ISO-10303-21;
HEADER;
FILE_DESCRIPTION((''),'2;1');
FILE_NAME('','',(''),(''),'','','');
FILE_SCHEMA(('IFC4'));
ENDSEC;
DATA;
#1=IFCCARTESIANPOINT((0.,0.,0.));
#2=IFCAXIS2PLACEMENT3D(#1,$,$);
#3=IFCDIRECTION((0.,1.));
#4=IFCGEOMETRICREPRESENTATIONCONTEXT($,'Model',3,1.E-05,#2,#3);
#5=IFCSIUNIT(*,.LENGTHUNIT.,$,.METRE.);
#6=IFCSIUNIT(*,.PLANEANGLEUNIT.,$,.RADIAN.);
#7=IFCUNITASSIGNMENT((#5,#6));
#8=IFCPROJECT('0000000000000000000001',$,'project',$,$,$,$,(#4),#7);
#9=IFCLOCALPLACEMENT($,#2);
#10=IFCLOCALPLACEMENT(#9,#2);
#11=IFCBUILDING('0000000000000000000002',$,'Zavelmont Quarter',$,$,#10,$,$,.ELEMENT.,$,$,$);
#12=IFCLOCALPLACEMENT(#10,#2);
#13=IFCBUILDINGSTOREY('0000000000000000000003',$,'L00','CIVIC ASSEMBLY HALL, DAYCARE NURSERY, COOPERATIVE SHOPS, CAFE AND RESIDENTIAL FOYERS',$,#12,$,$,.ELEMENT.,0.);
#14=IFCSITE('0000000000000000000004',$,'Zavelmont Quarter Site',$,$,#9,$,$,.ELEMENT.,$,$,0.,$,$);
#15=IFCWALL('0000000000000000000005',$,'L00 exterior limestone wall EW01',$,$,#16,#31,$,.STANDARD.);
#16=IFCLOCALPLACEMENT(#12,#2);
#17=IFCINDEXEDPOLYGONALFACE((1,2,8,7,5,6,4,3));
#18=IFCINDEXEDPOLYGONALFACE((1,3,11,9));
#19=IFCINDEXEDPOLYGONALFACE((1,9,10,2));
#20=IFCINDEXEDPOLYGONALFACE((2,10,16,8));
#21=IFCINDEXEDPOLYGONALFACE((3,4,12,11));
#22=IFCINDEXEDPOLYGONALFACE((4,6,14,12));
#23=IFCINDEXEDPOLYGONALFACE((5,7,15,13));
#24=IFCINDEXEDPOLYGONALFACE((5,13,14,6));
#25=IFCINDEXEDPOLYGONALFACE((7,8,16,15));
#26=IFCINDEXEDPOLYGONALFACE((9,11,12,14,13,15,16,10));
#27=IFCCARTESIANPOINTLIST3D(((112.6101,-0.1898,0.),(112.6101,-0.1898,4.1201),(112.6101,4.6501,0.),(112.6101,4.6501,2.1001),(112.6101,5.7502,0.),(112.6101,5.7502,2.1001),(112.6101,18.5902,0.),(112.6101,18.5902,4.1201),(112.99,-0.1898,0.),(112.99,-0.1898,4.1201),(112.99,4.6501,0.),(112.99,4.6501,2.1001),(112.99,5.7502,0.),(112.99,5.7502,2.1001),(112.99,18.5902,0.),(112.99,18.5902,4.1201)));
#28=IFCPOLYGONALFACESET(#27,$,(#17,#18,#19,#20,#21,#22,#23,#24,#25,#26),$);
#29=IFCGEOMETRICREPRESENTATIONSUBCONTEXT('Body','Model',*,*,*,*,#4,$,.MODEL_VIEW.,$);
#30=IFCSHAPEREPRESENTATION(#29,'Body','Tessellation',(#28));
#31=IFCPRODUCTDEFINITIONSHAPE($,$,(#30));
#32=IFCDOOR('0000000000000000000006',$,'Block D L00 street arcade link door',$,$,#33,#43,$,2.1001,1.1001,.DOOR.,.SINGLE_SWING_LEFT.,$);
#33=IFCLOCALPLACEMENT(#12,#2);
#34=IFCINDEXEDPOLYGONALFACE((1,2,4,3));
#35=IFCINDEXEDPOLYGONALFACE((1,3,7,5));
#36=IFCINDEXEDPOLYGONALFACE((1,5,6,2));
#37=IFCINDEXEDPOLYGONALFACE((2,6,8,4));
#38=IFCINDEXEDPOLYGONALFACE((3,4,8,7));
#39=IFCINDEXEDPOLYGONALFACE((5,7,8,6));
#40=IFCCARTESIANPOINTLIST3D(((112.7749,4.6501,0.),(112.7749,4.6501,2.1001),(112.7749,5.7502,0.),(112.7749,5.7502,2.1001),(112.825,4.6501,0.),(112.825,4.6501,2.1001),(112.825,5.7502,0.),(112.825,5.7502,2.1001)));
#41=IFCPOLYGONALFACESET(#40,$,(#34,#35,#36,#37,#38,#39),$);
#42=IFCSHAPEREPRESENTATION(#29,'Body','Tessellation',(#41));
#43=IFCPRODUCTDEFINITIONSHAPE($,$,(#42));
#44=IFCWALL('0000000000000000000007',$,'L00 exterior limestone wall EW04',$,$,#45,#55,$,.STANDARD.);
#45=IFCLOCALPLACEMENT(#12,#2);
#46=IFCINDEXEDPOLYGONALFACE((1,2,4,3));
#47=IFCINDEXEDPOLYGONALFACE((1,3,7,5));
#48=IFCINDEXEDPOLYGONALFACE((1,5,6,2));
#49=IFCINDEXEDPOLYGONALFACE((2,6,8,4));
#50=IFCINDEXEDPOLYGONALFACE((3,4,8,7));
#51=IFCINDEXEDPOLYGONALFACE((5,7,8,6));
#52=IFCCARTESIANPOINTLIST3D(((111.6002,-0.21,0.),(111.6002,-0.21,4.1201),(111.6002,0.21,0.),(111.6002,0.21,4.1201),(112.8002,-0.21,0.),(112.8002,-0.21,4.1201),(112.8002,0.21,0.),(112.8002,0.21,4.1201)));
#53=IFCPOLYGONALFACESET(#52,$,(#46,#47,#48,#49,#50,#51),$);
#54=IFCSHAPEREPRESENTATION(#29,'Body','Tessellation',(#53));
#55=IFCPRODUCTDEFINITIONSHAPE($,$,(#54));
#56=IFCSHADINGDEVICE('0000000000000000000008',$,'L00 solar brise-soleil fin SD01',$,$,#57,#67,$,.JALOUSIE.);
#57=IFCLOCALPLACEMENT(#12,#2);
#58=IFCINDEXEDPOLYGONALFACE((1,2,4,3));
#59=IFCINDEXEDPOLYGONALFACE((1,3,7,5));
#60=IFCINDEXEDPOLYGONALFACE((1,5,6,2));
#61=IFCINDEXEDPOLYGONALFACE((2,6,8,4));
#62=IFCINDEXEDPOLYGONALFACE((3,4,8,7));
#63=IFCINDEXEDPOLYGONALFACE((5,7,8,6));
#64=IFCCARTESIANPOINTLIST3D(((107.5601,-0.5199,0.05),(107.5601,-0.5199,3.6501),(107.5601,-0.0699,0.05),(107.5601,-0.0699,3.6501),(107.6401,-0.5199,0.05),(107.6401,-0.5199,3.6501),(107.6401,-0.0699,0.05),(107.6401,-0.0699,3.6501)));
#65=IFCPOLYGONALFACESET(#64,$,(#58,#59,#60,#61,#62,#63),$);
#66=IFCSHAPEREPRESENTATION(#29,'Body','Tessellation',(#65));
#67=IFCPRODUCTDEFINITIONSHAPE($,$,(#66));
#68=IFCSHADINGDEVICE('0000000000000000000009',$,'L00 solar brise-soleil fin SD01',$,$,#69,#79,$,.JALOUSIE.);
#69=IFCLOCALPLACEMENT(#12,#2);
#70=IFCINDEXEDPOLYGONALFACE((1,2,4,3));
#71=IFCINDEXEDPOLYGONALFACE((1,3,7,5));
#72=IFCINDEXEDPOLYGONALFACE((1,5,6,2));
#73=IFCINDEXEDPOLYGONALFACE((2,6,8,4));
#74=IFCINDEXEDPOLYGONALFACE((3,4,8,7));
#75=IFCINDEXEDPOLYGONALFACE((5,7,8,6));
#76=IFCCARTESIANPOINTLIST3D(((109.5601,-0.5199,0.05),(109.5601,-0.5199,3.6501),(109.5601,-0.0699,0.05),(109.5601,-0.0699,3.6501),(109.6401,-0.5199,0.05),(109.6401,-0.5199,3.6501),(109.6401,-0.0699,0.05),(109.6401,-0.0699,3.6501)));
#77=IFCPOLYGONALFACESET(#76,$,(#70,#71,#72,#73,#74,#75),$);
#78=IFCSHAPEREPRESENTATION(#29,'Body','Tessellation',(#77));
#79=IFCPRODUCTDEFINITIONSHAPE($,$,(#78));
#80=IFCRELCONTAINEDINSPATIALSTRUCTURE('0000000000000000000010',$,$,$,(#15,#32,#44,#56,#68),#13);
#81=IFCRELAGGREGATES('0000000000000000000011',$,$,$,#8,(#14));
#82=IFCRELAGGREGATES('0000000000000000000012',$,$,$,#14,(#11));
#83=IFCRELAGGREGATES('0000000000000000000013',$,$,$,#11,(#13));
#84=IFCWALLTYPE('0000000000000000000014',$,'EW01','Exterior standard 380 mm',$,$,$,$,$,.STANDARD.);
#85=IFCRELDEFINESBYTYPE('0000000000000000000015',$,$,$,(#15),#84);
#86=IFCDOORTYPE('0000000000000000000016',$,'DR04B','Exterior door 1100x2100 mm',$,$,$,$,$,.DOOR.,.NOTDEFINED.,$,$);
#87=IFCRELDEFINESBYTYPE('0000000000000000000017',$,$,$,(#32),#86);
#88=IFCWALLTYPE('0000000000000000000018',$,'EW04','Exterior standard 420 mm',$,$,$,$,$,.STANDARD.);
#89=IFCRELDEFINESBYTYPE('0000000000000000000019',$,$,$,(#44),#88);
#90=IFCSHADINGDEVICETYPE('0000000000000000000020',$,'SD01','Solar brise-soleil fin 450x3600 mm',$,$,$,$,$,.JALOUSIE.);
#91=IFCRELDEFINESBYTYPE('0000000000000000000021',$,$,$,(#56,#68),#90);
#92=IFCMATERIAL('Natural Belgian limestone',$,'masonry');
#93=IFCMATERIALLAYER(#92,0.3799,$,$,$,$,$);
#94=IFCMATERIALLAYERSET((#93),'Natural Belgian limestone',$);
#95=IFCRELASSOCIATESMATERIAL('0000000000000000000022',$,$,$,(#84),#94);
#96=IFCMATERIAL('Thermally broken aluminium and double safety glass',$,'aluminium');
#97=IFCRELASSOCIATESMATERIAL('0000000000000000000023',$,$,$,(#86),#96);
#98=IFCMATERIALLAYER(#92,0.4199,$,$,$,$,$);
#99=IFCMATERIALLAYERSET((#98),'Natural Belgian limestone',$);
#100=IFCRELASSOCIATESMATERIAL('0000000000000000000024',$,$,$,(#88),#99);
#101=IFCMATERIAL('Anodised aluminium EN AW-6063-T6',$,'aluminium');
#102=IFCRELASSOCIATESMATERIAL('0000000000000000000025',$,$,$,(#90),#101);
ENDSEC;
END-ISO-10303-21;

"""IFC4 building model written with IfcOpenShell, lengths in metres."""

from ifc_helpers import new_model, si_unit, direction, frame, frame_2d, origin, origin_2d, place, context, subcontext, project, spatial, rectangle, extrude, material, layer, layer_set, type_object, element, fill, save


model = new_model("IFC4")

# Units and contexts
model_context = context("Model", 3, precision=1e-05, world=origin(), true_north=direction((0.0, 1.0)))
body_context = subcontext(model_context, "Body", "Model", "MODEL_VIEW")
ifc_project = project(units=[si_unit("LENGTHUNIT", "METRE"), si_unit("PLANEANGLEUNIT", "RADIAN")], contexts=[model_context])

# Site, building, storey
site_placement = place(None, origin())
site = spatial("IfcSite", under=ifc_project, at=site_placement, Name="Zavelmont Quarter Site", CompositionType="ELEMENT", RefElevation=0.0)
building_placement = place(site_placement, origin())
building = spatial("IfcBuilding", under=site, at=building_placement, Name="Zavelmont Quarter", CompositionType="ELEMENT")
storey_placement = place(building_placement, origin())
storey = spatial("IfcBuildingStorey", under=building, at=storey_placement, Name="L00", Description="CIVIC ASSEMBLY HALL, DAYCARE NURSERY, COOPERATIVE SHOPS, CAFE AND RESIDENTIAL FOYERS", CompositionType="ELEMENT", Elevation=0.0)

# Wall, opening, door
ifc_material_1 = material(Name="Natural Belgian limestone", Category="masonry")
ifc_layer_1 = layer(ifc_material_1, 0.3799)
ifc_layer_set_1 = layer_set([ifc_layer_1], Name="Natural Belgian limestone")
wall_type_1 = type_object("IfcWallType", Name="EW01", Description="Exterior standard 380 mm", PredefinedType="STANDARD", material=ifc_layer_set_1)
wall_1_placement = place(storey_placement, frame((112.8, -0.1899, 0.0), z_axis=(0.0, 0.0, 1.0), x_axis=(0.0, 1.0, 0.0)))
wall_1 = element("IfcWall", 1, at=wall_1_placement, inside=storey, type_object=wall_type_1, Name="L00 exterior limestone wall EW01", PredefinedType="STANDARD", context=body_context, shape_type="SweptSolid", body=[
    extrude(rectangle(XDim=18.78, YDim=0.3799, at=frame_2d((9.3901, 0.0))), origin(), (0.0, 0.0, 1.0), 4.1201),
])
opening_1_placement = place(wall_1_placement, frame((4.8401, 0.0, 0.0)))
opening_1 = element("IfcOpeningElement", 2, at=opening_1_placement, cuts=wall_1, PredefinedType="OPENING", context=body_context, shape_type="SweptSolid", body=[
    extrude(rectangle(XDim=1.1001, YDim=2.1001, at=frame_2d((0.55, 1.05))), frame((0.0, 0.2019, 0.0), z_axis=(0.0, -1.0, 0.0), x_axis=(1.0, 0.0, 0.0)), (0.0, 0.0, 1.0), 0.4038),
])
ifc_material_2 = material(Name="Thermally broken aluminium and double safety glass", Category="aluminium")
door_type_1 = type_object("IfcDoorType", Name="DR04B", Description="Exterior door 1100x2100 mm", OperationType="NOTDEFINED", PredefinedType="DOOR", material=ifc_material_2)
door_1_placement = place(opening_1_placement, frame((1.1001, 0.0, 0.0), z_axis=(0.0, 0.0, 1.0), x_axis=(-1.0, 0.0, 0.0)))
door_1 = element("IfcDoor", 3, at=door_1_placement, inside=storey, type_object=door_type_1, Name="Block D L00 street arcade link door", OperationType="SINGLE_SWING_LEFT", OverallHeight=2.1001, OverallWidth=1.1001, PredefinedType="DOOR", context=body_context, shape_type="SweptSolid", body=[
    extrude(rectangle(XDim=1.1001, YDim=2.1001, at=frame_2d((0.55, 1.05))), frame((0.0, 0.0249, 0.0), z_axis=(0.0, -1.0, 0.0), x_axis=(1.0, 0.0, 0.0)), (0.0, 0.0, 1.0), 0.05),
])
fill(opening_1, door_1)

# Wall
ifc_layer_2 = layer(ifc_material_1, 0.4199)
ifc_layer_set_2 = layer_set([ifc_layer_2], Name="Natural Belgian limestone")
wall_type_2 = type_object("IfcWallType", Name="EW04", Description="Exterior standard 420 mm", PredefinedType="STANDARD", material=ifc_layer_set_2)
wall_2_placement = place(storey_placement, frame((111.6001, 0.0, 0.0), z_axis=(0.0, 0.0, 1.0), x_axis=(1.0, 0.0, 0.0)))
element("IfcWall", 4, at=wall_2_placement, inside=storey, type_object=wall_type_2, Name="L00 exterior limestone wall EW04", PredefinedType="STANDARD", context=body_context, shape_type="SweptSolid", body=[
    extrude(rectangle(XDim=1.2, YDim=0.4199, at=frame_2d((0.6001, 0.0))), origin(), (0.0, 0.0, 1.0), 4.1201),
])

# Shading devices
ifc_material_3 = material(Name="Anodised aluminium EN AW-6063-T6", Category="aluminium")
shading_device_type = type_object("IfcShadingDeviceType", Name="SD01", Description="Solar brise-soleil fin 450x3600 mm", PredefinedType="JALOUSIE", material=ifc_material_3)
for number, where, z_axis, x_axis, name in (
    (5, (107.6001, -0.2949, 0.05), (0.0, 0.0, 1.0), (1.0, 0.0, 0.0), "L00 solar brise-soleil fin SD01"),
    (6, (109.6001, -0.2949, 0.05), (0.0, 0.0, 1.0), (1.0, 0.0, 0.0), "L00 solar brise-soleil fin SD01"),
):
    element("IfcShadingDevice", number, at=place(storey_placement, frame(where, z_axis=z_axis, x_axis=x_axis)), inside=storey, type_object=shading_device_type, Name=name, PredefinedType="JALOUSIE", context=body_context, shape_type="SweptSolid", body=[
        extrude(rectangle(XDim=0.0801, YDim=0.45, at=origin_2d()), origin(), (0.0, 0.0, 1.0), 3.6001),
    ])

save(model, "model.ifc")
